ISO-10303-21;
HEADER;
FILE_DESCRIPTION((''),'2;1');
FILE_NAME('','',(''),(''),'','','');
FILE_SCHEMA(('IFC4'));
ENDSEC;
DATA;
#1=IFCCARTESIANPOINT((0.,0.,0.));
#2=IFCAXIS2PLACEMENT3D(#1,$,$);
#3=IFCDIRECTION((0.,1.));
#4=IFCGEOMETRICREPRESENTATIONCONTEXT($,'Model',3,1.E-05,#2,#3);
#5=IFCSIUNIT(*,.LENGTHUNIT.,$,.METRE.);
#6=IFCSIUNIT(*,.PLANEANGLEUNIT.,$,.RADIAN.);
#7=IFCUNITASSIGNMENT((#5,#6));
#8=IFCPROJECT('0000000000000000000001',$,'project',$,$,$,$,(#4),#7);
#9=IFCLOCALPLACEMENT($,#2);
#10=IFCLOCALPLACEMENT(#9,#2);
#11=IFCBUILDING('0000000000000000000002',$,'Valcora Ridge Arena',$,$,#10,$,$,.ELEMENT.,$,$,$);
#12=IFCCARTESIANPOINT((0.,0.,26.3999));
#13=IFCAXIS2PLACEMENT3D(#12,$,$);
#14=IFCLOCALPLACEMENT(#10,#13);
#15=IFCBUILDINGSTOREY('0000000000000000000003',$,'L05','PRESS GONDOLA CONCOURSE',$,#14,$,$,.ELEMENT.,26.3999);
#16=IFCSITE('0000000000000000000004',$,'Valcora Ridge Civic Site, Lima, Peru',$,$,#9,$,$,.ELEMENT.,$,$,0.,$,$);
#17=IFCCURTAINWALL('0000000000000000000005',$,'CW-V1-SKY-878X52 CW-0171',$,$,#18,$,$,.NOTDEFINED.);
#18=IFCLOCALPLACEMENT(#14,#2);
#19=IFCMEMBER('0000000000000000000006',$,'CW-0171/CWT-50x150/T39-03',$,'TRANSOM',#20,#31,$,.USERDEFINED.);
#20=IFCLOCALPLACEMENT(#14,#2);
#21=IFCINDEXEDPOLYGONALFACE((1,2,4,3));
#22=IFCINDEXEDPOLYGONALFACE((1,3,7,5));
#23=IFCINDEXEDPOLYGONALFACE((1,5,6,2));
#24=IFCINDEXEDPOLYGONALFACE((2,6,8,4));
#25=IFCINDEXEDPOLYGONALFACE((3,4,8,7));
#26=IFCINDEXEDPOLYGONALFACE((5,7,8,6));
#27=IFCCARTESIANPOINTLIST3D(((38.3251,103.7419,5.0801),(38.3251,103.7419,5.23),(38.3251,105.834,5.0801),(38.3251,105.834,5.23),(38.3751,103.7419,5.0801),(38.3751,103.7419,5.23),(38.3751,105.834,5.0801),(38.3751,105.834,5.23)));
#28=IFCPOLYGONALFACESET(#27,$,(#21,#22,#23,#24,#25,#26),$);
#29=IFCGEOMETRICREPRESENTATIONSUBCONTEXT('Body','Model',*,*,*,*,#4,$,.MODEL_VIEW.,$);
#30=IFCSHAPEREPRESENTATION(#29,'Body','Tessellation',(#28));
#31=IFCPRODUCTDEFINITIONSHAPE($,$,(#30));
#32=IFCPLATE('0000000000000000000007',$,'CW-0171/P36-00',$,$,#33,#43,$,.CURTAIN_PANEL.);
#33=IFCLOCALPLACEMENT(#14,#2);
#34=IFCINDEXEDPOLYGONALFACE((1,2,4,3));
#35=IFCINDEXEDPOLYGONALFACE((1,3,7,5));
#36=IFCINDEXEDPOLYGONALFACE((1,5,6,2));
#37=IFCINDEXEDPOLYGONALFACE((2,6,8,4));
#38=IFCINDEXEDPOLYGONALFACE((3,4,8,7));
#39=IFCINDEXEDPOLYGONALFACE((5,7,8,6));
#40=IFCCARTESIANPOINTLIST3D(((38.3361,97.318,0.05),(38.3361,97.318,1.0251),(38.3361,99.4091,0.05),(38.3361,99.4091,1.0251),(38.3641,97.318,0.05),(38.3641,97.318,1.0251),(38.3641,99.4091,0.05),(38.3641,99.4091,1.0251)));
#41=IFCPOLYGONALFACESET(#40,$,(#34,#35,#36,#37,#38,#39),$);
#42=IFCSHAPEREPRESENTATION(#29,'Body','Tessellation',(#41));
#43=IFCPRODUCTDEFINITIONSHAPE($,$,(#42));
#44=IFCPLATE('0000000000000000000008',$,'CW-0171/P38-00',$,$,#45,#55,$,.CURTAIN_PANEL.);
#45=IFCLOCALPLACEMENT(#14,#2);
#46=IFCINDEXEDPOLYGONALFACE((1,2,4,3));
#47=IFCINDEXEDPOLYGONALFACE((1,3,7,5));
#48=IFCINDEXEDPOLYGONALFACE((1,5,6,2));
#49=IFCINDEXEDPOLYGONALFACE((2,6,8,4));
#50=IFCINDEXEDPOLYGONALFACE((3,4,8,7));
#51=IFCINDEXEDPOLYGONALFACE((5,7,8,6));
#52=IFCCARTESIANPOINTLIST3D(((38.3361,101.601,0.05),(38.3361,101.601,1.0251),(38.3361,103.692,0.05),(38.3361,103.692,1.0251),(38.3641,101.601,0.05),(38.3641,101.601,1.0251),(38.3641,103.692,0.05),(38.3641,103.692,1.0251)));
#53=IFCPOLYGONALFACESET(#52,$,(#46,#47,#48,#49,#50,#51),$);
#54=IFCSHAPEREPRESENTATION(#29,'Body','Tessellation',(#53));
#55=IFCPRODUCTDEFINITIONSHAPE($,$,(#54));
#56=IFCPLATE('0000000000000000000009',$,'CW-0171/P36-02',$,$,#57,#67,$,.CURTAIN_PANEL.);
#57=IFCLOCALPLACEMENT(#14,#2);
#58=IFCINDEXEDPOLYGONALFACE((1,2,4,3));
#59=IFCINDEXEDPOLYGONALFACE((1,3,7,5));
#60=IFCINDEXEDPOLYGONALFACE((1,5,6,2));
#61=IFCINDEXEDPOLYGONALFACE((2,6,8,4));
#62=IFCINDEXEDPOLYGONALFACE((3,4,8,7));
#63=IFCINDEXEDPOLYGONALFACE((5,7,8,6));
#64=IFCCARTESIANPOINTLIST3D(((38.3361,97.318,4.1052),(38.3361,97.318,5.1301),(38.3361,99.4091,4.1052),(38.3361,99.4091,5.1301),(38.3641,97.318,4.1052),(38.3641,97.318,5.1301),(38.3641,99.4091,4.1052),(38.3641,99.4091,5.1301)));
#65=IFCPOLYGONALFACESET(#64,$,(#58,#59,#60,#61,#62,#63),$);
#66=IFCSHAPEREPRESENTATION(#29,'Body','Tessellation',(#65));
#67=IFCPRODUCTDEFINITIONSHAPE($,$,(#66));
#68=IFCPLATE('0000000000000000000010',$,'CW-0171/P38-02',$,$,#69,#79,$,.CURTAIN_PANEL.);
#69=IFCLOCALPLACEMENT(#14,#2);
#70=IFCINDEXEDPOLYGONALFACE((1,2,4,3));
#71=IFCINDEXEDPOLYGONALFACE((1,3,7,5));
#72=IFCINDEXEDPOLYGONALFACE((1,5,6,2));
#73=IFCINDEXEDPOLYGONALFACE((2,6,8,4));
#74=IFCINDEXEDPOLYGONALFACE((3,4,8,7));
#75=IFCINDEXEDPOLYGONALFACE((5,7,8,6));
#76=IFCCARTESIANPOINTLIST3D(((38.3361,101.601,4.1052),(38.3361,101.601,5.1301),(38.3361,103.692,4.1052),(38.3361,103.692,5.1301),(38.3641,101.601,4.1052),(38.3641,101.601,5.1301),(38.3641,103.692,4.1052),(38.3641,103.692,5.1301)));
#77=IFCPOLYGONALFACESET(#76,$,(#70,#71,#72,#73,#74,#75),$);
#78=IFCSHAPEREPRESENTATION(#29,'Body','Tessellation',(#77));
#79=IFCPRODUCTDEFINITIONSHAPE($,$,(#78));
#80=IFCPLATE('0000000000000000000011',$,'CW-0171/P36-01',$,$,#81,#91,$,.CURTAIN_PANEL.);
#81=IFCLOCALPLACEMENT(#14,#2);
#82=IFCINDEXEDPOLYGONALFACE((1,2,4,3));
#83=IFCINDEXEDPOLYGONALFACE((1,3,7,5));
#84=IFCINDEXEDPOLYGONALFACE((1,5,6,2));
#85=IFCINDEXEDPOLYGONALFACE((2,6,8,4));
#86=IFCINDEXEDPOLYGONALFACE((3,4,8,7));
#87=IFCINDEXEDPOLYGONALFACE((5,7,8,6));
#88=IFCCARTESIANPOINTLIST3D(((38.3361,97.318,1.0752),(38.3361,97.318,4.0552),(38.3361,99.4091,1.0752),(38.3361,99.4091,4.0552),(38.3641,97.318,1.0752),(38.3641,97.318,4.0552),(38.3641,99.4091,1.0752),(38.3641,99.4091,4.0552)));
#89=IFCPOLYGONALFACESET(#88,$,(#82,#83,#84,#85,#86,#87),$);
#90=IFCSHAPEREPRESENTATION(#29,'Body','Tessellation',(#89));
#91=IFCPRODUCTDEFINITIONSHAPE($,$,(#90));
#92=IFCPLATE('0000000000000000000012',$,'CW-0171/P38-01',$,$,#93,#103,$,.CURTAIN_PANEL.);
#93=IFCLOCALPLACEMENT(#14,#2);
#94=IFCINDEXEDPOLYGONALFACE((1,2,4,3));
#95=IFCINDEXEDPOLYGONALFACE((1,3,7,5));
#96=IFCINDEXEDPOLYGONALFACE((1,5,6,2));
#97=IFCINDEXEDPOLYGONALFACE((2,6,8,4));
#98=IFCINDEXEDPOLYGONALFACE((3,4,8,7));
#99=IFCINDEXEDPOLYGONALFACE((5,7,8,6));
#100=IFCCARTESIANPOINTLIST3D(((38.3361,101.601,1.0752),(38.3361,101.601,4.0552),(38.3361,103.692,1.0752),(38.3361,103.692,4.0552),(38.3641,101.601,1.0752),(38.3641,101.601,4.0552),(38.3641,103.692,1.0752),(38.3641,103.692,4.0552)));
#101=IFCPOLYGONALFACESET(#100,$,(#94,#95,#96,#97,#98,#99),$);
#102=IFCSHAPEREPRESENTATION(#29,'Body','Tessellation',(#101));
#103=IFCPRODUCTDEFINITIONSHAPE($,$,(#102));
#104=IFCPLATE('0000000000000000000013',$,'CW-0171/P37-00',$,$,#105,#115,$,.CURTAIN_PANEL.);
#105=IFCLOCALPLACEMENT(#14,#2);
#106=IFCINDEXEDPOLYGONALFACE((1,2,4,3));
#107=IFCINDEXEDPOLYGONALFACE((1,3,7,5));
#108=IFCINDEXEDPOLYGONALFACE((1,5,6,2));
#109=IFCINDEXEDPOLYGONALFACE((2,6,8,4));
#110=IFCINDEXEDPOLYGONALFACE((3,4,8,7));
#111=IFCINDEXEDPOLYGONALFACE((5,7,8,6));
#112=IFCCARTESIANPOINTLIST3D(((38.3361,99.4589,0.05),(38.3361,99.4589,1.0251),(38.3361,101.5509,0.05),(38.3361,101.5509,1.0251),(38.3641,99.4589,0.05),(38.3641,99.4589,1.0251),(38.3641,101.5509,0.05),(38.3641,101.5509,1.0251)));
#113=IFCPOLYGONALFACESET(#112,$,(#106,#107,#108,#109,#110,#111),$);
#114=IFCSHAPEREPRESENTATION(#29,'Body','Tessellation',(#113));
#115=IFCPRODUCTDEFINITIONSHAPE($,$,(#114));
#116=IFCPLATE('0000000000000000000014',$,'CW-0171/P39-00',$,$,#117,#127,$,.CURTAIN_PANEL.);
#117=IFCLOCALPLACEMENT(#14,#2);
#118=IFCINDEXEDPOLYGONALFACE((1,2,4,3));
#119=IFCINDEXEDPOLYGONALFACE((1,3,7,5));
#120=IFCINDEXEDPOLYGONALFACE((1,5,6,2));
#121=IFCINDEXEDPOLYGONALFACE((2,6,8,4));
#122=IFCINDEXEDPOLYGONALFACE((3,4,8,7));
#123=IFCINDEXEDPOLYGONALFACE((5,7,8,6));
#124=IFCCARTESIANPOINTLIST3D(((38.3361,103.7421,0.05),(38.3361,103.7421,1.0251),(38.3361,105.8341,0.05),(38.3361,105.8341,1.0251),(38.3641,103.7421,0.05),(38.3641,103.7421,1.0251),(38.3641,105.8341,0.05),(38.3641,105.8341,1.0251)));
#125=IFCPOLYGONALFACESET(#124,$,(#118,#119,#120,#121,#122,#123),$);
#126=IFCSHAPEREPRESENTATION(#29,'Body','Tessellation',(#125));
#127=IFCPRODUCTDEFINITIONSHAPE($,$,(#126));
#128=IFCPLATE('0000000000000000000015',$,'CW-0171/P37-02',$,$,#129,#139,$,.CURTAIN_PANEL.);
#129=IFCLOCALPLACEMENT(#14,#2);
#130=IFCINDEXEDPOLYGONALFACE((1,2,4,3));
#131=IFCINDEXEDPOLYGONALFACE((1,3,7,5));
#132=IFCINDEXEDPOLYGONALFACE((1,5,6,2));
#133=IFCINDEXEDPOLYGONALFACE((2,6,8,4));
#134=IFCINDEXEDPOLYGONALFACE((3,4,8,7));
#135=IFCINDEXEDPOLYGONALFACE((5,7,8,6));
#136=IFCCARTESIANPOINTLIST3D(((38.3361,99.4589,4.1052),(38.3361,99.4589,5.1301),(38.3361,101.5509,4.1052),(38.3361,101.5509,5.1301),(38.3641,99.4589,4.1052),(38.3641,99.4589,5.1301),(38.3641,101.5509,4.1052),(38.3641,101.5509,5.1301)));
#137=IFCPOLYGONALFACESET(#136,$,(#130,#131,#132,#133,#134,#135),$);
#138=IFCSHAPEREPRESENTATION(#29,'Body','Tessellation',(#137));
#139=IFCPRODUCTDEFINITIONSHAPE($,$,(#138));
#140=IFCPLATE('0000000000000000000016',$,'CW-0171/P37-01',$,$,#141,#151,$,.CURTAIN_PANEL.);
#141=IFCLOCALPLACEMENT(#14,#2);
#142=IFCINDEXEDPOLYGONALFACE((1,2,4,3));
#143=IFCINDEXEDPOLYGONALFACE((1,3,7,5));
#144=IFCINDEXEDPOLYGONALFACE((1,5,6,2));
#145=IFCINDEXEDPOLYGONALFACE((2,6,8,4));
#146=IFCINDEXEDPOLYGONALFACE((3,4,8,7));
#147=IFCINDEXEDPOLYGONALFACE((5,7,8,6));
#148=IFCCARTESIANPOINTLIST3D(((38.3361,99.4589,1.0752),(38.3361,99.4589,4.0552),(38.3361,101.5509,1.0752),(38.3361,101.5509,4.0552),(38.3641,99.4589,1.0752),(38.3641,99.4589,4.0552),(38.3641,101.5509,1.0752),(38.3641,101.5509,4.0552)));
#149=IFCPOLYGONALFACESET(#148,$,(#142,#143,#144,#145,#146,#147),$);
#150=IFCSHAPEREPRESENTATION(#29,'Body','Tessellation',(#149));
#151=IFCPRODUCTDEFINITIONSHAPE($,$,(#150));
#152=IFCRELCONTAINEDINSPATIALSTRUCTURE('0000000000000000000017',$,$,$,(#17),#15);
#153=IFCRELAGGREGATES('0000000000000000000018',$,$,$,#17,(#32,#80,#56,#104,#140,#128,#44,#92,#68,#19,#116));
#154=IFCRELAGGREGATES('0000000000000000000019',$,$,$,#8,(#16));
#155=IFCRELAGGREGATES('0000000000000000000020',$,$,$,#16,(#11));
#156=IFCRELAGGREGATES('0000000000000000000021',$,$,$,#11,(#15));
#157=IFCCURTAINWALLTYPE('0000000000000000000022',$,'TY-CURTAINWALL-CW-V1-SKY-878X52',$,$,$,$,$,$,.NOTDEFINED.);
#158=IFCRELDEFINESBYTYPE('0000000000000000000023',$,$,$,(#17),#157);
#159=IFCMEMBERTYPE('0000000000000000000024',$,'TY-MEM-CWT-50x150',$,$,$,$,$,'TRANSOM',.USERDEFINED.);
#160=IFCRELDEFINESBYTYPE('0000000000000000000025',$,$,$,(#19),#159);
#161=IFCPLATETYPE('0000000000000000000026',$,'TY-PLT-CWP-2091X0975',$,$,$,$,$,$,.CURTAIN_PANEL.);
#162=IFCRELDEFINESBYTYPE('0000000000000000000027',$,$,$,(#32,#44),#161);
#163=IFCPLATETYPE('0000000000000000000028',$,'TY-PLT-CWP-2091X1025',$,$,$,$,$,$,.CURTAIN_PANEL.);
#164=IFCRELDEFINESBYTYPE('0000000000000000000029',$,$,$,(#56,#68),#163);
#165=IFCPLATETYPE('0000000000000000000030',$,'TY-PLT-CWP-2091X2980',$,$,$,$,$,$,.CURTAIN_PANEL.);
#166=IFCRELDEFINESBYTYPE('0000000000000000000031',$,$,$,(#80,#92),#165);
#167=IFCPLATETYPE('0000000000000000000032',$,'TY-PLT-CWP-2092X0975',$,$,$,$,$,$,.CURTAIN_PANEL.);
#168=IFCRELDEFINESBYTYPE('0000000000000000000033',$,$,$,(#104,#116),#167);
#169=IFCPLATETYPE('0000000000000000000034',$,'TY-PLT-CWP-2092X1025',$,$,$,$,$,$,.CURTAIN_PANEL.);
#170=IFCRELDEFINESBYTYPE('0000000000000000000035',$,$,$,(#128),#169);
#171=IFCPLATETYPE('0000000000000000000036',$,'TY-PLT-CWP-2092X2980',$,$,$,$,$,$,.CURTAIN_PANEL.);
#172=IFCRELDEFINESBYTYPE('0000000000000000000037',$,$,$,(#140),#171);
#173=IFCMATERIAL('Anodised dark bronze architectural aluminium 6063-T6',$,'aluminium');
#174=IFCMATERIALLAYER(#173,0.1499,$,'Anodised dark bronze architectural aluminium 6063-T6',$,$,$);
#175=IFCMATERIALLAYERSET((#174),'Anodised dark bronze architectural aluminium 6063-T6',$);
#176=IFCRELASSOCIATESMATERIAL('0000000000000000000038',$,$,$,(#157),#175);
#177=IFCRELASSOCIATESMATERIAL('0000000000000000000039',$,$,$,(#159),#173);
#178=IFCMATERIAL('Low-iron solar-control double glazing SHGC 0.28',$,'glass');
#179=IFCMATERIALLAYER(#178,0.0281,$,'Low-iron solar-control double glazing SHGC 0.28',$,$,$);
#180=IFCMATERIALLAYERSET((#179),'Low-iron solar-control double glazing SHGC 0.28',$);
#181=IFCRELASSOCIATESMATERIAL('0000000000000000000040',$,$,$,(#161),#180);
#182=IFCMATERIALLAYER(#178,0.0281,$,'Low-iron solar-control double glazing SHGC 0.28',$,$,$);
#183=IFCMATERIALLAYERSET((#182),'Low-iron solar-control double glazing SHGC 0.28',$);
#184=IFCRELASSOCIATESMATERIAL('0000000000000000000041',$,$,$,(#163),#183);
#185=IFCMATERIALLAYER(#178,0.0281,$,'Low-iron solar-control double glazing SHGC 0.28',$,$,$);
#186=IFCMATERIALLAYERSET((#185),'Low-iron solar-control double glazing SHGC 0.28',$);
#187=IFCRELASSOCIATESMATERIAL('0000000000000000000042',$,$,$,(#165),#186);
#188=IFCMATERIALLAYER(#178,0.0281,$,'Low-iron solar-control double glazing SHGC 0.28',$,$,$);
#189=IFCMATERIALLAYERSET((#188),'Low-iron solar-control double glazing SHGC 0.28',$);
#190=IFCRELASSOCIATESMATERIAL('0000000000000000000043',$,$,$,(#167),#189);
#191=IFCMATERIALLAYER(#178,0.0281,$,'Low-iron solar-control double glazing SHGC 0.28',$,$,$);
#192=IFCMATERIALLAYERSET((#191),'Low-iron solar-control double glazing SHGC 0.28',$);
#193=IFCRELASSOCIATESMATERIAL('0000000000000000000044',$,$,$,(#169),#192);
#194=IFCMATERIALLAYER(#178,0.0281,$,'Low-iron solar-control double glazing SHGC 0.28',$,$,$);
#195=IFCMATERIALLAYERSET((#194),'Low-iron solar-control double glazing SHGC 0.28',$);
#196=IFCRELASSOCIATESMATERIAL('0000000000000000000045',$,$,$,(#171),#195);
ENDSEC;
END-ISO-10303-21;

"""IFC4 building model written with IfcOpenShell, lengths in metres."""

from ifc_helpers import new_model, si_unit, direction, frame, origin, origin_2d, place, context, subcontext, project, spatial, rectangle, extrude, material, layer, layer_set, material_profile, profile_set, type_object, element, aggregate, save


model = new_model("IFC4")

# Units and contexts
model_context = context("Model", 3, precision=1e-05, world=origin(), true_north=direction((0.0, 1.0)))
body_context = subcontext(model_context, "Body", "Model", "MODEL_VIEW")
ifc_project = project(units=[si_unit("LENGTHUNIT", "METRE"), si_unit("PLANEANGLEUNIT", "RADIAN")], contexts=[model_context])

# Site, building, storey
site_placement = place(None, origin())
site = spatial("IfcSite", under=ifc_project, at=site_placement, Name="Valcora Ridge Civic Site, Lima, Peru", CompositionType="ELEMENT", RefElevation=0.0)
building_placement = place(site_placement, origin())
building = spatial("IfcBuilding", under=site, at=building_placement, Name="Valcora Ridge Arena", CompositionType="ELEMENT")
storey_placement = place(building_placement, frame((0.0, 0.0, 26.3999)))
storey = spatial("IfcBuildingStorey", under=building, at=storey_placement, Name="L05", Description="PRESS GONDOLA CONCOURSE", CompositionType="ELEMENT", Elevation=26.3999)

# Curtain wall, member, plates
ifc_material_1 = material(Name="Anodised dark bronze architectural aluminium 6063-T6", Category="aluminium")
ifc_layer_1 = layer(ifc_material_1, 0.1499, Name="Anodised dark bronze architectural aluminium 6063-T6")
ifc_layer_set_1 = layer_set([ifc_layer_1], Name="Anodised dark bronze architectural aluminium 6063-T6")
curtain_wall_type = type_object("IfcCurtainWallType", Name="TY-CURTAINWALL-CW-V1-SKY-878X52", PredefinedType="NOTDEFINED", material=ifc_layer_set_1)
curtain_wall_placement = place(storey_placement, origin())
curtain_wall = element("IfcCurtainWall", 1, at=curtain_wall_placement, inside=storey, type_object=curtain_wall_type, Name="CW-V1-SKY-878X52 CW-0171", PredefinedType="NOTDEFINED")
ifc_material_profile_1 = material_profile(ifc_material_1, rectangle(XDim=0.05, YDim=0.1499, at=origin_2d()), Name="ALU TRANSOM 50x150")
ifc_profile_set_1 = profile_set([ifc_material_profile_1], Name="Anodised dark bronze architectural aluminium 6063-T6")
member_type_1 = type_object("IfcMemberType", Name="TY-MEM-CWT-50x150", ElementType="TRANSOM", PredefinedType="USERDEFINED", material=ifc_profile_set_1)
member_1_placement = place(storey_placement, frame((38.3501, 103.7419, 5.155), z_axis=(0.0, 1.0, 0.0), x_axis=(-1.0, 0.0, 0.0)))
member_1 = element("IfcMember", 2, at=member_1_placement, type_object=member_type_1, Name="CW-0171/CWT-50x150/T39-03", ObjectType="TRANSOM", PredefinedType="USERDEFINED", context=body_context, shape_type="SweptSolid", body=[
    extrude(rectangle(XDim=0.05, YDim=0.1499, at=origin_2d()), origin(), (0.0, 0.0, 1.0), 2.092),
])
ifc_material_2 = material(Name="Low-iron solar-control double glazing SHGC 0.28", Category="glass")
ifc_layer_2 = layer(ifc_material_2, 0.0281, Name="Low-iron solar-control double glazing SHGC 0.28")
ifc_layer_set_2 = layer_set([ifc_layer_2], Name="Low-iron solar-control double glazing SHGC 0.28")
plate_type_1 = type_object("IfcPlateType", Name="TY-PLT-CWP-2091X0975", PredefinedType="CURTAIN_PANEL", material=ifc_layer_set_2)
plate_1_placement = place(storey_placement, frame((38.3501, 98.3635, 0.05), z_axis=(0.0, 0.0, 1.0), x_axis=(0.0, 1.0, 0.0)))
plate_1 = element("IfcPlate", 3, at=plate_1_placement, type_object=plate_type_1, Name="CW-0171/P36-00", PredefinedType="CURTAIN_PANEL", context=body_context, shape_type="SweptSolid", body=[
    extrude(rectangle(XDim=2.0911, YDim=0.0281, at=origin_2d()), origin(), (0.0, 0.0, 1.0), 0.9751),
])
plate_2_placement = place(storey_placement, frame((38.3501, 102.6465, 0.05), z_axis=(0.0, 0.0, 1.0), x_axis=(0.0, 1.0, 0.0)))
plate_2 = element("IfcPlate", 4, at=plate_2_placement, type_object=plate_type_1, Name="CW-0171/P38-00", PredefinedType="CURTAIN_PANEL", context=body_context, shape_type="SweptSolid", body=[
    extrude(rectangle(XDim=2.0911, YDim=0.0281, at=origin_2d()), origin(), (0.0, 0.0, 1.0), 0.9751),
])
ifc_layer_3 = layer(ifc_material_2, 0.0281, Name="Low-iron solar-control double glazing SHGC 0.28")
ifc_layer_set_3 = layer_set([ifc_layer_3], Name="Low-iron solar-control double glazing SHGC 0.28")
plate_type_2 = type_object("IfcPlateType", Name="TY-PLT-CWP-2091X1025", PredefinedType="CURTAIN_PANEL", material=ifc_layer_set_3)
plate_3_placement = place(storey_placement, frame((38.3501, 98.3635, 4.1052), z_axis=(0.0, 0.0, 1.0), x_axis=(0.0, 1.0, 0.0)))
plate_3 = element("IfcPlate", 5, at=plate_3_placement, type_object=plate_type_2, Name="CW-0171/P36-02", PredefinedType="CURTAIN_PANEL", context=body_context, shape_type="SweptSolid", body=[
    extrude(rectangle(XDim=2.0911, YDim=0.0281, at=origin_2d()), origin(), (0.0, 0.0, 1.0), 1.0249),
])
plate_4_placement = place(storey_placement, frame((38.3501, 102.6465, 4.1052), z_axis=(0.0, 0.0, 1.0), x_axis=(0.0, 1.0, 0.0)))
plate_4 = element("IfcPlate", 6, at=plate_4_placement, type_object=plate_type_2, Name="CW-0171/P38-02", PredefinedType="CURTAIN_PANEL", context=body_context, shape_type="SweptSolid", body=[
    extrude(rectangle(XDim=2.0911, YDim=0.0281, at=origin_2d()), origin(), (0.0, 0.0, 1.0), 1.0249),
])
ifc_layer_4 = layer(ifc_material_2, 0.0281, Name="Low-iron solar-control double glazing SHGC 0.28")
ifc_layer_set_4 = layer_set([ifc_layer_4], Name="Low-iron solar-control double glazing SHGC 0.28")
plate_type_3 = type_object("IfcPlateType", Name="TY-PLT-CWP-2091X2980", PredefinedType="CURTAIN_PANEL", material=ifc_layer_set_4)
plate_5_placement = place(storey_placement, frame((38.3501, 98.3635, 1.0752), z_axis=(0.0, 0.0, 1.0), x_axis=(0.0, 1.0, 0.0)))
plate_5 = element("IfcPlate", 7, at=plate_5_placement, type_object=plate_type_3, Name="CW-0171/P36-01", PredefinedType="CURTAIN_PANEL", context=body_context, shape_type="SweptSolid", body=[
    extrude(rectangle(XDim=2.0911, YDim=0.0281, at=origin_2d()), origin(), (0.0, 0.0, 1.0), 2.98),
])
plate_6_placement = place(storey_placement, frame((38.3501, 102.6465, 1.0752), z_axis=(0.0, 0.0, 1.0), x_axis=(0.0, 1.0, 0.0)))
plate_6 = element("IfcPlate", 8, at=plate_6_placement, type_object=plate_type_3, Name="CW-0171/P38-01", PredefinedType="CURTAIN_PANEL", context=body_context, shape_type="SweptSolid", body=[
    extrude(rectangle(XDim=2.0911, YDim=0.0281, at=origin_2d()), origin(), (0.0, 0.0, 1.0), 2.98),
])
ifc_layer_5 = layer(ifc_material_2, 0.0281, Name="Low-iron solar-control double glazing SHGC 0.28")
ifc_layer_set_5 = layer_set([ifc_layer_5], Name="Low-iron solar-control double glazing SHGC 0.28")
plate_type_4 = type_object("IfcPlateType", Name="TY-PLT-CWP-2092X0975", PredefinedType="CURTAIN_PANEL", material=ifc_layer_set_5)
plate_7_placement = place(storey_placement, frame((38.3501, 100.5049, 0.05), z_axis=(0.0, 0.0, 1.0), x_axis=(0.0, 1.0, 0.0)))
plate_7 = element("IfcPlate", 9, at=plate_7_placement, type_object=plate_type_4, Name="CW-0171/P37-00", PredefinedType="CURTAIN_PANEL", context=body_context, shape_type="SweptSolid", body=[
    extrude(rectangle(XDim=2.092, YDim=0.0281, at=origin_2d()), origin(), (0.0, 0.0, 1.0), 0.9751),
])
plate_8_placement = place(storey_placement, frame((38.3501, 104.7881, 0.05), z_axis=(0.0, 0.0, 1.0), x_axis=(0.0, 1.0, 0.0)))
plate_8 = element("IfcPlate", 10, at=plate_8_placement, type_object=plate_type_4, Name="CW-0171/P39-00", PredefinedType="CURTAIN_PANEL", context=body_context, shape_type="SweptSolid", body=[
    extrude(rectangle(XDim=2.092, YDim=0.0281, at=origin_2d()), origin(), (0.0, 0.0, 1.0), 0.9751),
])
ifc_layer_6 = layer(ifc_material_2, 0.0281, Name="Low-iron solar-control double glazing SHGC 0.28")
ifc_layer_set_6 = layer_set([ifc_layer_6], Name="Low-iron solar-control double glazing SHGC 0.28")
plate_type_5 = type_object("IfcPlateType", Name="TY-PLT-CWP-2092X1025", PredefinedType="CURTAIN_PANEL", material=ifc_layer_set_6)
plate_9_placement = place(storey_placement, frame((38.3501, 100.5049, 4.1052), z_axis=(0.0, 0.0, 1.0), x_axis=(0.0, 1.0, 0.0)))
plate_9 = element("IfcPlate", 11, at=plate_9_placement, type_object=plate_type_5, Name="CW-0171/P37-02", PredefinedType="CURTAIN_PANEL", context=body_context, shape_type="SweptSolid", body=[
    extrude(rectangle(XDim=2.092, YDim=0.0281, at=origin_2d()), origin(), (0.0, 0.0, 1.0), 1.0249),
])
ifc_layer_7 = layer(ifc_material_2, 0.0281, Name="Low-iron solar-control double glazing SHGC 0.28")
ifc_layer_set_7 = layer_set([ifc_layer_7], Name="Low-iron solar-control double glazing SHGC 0.28")
plate_type_6 = type_object("IfcPlateType", Name="TY-PLT-CWP-2092X2980", PredefinedType="CURTAIN_PANEL", material=ifc_layer_set_7)
plate_10_placement = place(storey_placement, frame((38.3501, 100.5049, 1.0752), z_axis=(0.0, 0.0, 1.0), x_axis=(0.0, 1.0, 0.0)))
plate_10 = element("IfcPlate", 12, at=plate_10_placement, type_object=plate_type_6, Name="CW-0171/P37-01", PredefinedType="CURTAIN_PANEL", context=body_context, shape_type="SweptSolid", body=[
    extrude(rectangle(XDim=2.092, YDim=0.0281, at=origin_2d()), origin(), (0.0, 0.0, 1.0), 2.98),
])
aggregate(curtain_wall, [plate_1, plate_5, plate_3, plate_7, plate_10, plate_9, plate_2, plate_6, plate_4, member_1, plate_8])

save(model, "model.ifc")
